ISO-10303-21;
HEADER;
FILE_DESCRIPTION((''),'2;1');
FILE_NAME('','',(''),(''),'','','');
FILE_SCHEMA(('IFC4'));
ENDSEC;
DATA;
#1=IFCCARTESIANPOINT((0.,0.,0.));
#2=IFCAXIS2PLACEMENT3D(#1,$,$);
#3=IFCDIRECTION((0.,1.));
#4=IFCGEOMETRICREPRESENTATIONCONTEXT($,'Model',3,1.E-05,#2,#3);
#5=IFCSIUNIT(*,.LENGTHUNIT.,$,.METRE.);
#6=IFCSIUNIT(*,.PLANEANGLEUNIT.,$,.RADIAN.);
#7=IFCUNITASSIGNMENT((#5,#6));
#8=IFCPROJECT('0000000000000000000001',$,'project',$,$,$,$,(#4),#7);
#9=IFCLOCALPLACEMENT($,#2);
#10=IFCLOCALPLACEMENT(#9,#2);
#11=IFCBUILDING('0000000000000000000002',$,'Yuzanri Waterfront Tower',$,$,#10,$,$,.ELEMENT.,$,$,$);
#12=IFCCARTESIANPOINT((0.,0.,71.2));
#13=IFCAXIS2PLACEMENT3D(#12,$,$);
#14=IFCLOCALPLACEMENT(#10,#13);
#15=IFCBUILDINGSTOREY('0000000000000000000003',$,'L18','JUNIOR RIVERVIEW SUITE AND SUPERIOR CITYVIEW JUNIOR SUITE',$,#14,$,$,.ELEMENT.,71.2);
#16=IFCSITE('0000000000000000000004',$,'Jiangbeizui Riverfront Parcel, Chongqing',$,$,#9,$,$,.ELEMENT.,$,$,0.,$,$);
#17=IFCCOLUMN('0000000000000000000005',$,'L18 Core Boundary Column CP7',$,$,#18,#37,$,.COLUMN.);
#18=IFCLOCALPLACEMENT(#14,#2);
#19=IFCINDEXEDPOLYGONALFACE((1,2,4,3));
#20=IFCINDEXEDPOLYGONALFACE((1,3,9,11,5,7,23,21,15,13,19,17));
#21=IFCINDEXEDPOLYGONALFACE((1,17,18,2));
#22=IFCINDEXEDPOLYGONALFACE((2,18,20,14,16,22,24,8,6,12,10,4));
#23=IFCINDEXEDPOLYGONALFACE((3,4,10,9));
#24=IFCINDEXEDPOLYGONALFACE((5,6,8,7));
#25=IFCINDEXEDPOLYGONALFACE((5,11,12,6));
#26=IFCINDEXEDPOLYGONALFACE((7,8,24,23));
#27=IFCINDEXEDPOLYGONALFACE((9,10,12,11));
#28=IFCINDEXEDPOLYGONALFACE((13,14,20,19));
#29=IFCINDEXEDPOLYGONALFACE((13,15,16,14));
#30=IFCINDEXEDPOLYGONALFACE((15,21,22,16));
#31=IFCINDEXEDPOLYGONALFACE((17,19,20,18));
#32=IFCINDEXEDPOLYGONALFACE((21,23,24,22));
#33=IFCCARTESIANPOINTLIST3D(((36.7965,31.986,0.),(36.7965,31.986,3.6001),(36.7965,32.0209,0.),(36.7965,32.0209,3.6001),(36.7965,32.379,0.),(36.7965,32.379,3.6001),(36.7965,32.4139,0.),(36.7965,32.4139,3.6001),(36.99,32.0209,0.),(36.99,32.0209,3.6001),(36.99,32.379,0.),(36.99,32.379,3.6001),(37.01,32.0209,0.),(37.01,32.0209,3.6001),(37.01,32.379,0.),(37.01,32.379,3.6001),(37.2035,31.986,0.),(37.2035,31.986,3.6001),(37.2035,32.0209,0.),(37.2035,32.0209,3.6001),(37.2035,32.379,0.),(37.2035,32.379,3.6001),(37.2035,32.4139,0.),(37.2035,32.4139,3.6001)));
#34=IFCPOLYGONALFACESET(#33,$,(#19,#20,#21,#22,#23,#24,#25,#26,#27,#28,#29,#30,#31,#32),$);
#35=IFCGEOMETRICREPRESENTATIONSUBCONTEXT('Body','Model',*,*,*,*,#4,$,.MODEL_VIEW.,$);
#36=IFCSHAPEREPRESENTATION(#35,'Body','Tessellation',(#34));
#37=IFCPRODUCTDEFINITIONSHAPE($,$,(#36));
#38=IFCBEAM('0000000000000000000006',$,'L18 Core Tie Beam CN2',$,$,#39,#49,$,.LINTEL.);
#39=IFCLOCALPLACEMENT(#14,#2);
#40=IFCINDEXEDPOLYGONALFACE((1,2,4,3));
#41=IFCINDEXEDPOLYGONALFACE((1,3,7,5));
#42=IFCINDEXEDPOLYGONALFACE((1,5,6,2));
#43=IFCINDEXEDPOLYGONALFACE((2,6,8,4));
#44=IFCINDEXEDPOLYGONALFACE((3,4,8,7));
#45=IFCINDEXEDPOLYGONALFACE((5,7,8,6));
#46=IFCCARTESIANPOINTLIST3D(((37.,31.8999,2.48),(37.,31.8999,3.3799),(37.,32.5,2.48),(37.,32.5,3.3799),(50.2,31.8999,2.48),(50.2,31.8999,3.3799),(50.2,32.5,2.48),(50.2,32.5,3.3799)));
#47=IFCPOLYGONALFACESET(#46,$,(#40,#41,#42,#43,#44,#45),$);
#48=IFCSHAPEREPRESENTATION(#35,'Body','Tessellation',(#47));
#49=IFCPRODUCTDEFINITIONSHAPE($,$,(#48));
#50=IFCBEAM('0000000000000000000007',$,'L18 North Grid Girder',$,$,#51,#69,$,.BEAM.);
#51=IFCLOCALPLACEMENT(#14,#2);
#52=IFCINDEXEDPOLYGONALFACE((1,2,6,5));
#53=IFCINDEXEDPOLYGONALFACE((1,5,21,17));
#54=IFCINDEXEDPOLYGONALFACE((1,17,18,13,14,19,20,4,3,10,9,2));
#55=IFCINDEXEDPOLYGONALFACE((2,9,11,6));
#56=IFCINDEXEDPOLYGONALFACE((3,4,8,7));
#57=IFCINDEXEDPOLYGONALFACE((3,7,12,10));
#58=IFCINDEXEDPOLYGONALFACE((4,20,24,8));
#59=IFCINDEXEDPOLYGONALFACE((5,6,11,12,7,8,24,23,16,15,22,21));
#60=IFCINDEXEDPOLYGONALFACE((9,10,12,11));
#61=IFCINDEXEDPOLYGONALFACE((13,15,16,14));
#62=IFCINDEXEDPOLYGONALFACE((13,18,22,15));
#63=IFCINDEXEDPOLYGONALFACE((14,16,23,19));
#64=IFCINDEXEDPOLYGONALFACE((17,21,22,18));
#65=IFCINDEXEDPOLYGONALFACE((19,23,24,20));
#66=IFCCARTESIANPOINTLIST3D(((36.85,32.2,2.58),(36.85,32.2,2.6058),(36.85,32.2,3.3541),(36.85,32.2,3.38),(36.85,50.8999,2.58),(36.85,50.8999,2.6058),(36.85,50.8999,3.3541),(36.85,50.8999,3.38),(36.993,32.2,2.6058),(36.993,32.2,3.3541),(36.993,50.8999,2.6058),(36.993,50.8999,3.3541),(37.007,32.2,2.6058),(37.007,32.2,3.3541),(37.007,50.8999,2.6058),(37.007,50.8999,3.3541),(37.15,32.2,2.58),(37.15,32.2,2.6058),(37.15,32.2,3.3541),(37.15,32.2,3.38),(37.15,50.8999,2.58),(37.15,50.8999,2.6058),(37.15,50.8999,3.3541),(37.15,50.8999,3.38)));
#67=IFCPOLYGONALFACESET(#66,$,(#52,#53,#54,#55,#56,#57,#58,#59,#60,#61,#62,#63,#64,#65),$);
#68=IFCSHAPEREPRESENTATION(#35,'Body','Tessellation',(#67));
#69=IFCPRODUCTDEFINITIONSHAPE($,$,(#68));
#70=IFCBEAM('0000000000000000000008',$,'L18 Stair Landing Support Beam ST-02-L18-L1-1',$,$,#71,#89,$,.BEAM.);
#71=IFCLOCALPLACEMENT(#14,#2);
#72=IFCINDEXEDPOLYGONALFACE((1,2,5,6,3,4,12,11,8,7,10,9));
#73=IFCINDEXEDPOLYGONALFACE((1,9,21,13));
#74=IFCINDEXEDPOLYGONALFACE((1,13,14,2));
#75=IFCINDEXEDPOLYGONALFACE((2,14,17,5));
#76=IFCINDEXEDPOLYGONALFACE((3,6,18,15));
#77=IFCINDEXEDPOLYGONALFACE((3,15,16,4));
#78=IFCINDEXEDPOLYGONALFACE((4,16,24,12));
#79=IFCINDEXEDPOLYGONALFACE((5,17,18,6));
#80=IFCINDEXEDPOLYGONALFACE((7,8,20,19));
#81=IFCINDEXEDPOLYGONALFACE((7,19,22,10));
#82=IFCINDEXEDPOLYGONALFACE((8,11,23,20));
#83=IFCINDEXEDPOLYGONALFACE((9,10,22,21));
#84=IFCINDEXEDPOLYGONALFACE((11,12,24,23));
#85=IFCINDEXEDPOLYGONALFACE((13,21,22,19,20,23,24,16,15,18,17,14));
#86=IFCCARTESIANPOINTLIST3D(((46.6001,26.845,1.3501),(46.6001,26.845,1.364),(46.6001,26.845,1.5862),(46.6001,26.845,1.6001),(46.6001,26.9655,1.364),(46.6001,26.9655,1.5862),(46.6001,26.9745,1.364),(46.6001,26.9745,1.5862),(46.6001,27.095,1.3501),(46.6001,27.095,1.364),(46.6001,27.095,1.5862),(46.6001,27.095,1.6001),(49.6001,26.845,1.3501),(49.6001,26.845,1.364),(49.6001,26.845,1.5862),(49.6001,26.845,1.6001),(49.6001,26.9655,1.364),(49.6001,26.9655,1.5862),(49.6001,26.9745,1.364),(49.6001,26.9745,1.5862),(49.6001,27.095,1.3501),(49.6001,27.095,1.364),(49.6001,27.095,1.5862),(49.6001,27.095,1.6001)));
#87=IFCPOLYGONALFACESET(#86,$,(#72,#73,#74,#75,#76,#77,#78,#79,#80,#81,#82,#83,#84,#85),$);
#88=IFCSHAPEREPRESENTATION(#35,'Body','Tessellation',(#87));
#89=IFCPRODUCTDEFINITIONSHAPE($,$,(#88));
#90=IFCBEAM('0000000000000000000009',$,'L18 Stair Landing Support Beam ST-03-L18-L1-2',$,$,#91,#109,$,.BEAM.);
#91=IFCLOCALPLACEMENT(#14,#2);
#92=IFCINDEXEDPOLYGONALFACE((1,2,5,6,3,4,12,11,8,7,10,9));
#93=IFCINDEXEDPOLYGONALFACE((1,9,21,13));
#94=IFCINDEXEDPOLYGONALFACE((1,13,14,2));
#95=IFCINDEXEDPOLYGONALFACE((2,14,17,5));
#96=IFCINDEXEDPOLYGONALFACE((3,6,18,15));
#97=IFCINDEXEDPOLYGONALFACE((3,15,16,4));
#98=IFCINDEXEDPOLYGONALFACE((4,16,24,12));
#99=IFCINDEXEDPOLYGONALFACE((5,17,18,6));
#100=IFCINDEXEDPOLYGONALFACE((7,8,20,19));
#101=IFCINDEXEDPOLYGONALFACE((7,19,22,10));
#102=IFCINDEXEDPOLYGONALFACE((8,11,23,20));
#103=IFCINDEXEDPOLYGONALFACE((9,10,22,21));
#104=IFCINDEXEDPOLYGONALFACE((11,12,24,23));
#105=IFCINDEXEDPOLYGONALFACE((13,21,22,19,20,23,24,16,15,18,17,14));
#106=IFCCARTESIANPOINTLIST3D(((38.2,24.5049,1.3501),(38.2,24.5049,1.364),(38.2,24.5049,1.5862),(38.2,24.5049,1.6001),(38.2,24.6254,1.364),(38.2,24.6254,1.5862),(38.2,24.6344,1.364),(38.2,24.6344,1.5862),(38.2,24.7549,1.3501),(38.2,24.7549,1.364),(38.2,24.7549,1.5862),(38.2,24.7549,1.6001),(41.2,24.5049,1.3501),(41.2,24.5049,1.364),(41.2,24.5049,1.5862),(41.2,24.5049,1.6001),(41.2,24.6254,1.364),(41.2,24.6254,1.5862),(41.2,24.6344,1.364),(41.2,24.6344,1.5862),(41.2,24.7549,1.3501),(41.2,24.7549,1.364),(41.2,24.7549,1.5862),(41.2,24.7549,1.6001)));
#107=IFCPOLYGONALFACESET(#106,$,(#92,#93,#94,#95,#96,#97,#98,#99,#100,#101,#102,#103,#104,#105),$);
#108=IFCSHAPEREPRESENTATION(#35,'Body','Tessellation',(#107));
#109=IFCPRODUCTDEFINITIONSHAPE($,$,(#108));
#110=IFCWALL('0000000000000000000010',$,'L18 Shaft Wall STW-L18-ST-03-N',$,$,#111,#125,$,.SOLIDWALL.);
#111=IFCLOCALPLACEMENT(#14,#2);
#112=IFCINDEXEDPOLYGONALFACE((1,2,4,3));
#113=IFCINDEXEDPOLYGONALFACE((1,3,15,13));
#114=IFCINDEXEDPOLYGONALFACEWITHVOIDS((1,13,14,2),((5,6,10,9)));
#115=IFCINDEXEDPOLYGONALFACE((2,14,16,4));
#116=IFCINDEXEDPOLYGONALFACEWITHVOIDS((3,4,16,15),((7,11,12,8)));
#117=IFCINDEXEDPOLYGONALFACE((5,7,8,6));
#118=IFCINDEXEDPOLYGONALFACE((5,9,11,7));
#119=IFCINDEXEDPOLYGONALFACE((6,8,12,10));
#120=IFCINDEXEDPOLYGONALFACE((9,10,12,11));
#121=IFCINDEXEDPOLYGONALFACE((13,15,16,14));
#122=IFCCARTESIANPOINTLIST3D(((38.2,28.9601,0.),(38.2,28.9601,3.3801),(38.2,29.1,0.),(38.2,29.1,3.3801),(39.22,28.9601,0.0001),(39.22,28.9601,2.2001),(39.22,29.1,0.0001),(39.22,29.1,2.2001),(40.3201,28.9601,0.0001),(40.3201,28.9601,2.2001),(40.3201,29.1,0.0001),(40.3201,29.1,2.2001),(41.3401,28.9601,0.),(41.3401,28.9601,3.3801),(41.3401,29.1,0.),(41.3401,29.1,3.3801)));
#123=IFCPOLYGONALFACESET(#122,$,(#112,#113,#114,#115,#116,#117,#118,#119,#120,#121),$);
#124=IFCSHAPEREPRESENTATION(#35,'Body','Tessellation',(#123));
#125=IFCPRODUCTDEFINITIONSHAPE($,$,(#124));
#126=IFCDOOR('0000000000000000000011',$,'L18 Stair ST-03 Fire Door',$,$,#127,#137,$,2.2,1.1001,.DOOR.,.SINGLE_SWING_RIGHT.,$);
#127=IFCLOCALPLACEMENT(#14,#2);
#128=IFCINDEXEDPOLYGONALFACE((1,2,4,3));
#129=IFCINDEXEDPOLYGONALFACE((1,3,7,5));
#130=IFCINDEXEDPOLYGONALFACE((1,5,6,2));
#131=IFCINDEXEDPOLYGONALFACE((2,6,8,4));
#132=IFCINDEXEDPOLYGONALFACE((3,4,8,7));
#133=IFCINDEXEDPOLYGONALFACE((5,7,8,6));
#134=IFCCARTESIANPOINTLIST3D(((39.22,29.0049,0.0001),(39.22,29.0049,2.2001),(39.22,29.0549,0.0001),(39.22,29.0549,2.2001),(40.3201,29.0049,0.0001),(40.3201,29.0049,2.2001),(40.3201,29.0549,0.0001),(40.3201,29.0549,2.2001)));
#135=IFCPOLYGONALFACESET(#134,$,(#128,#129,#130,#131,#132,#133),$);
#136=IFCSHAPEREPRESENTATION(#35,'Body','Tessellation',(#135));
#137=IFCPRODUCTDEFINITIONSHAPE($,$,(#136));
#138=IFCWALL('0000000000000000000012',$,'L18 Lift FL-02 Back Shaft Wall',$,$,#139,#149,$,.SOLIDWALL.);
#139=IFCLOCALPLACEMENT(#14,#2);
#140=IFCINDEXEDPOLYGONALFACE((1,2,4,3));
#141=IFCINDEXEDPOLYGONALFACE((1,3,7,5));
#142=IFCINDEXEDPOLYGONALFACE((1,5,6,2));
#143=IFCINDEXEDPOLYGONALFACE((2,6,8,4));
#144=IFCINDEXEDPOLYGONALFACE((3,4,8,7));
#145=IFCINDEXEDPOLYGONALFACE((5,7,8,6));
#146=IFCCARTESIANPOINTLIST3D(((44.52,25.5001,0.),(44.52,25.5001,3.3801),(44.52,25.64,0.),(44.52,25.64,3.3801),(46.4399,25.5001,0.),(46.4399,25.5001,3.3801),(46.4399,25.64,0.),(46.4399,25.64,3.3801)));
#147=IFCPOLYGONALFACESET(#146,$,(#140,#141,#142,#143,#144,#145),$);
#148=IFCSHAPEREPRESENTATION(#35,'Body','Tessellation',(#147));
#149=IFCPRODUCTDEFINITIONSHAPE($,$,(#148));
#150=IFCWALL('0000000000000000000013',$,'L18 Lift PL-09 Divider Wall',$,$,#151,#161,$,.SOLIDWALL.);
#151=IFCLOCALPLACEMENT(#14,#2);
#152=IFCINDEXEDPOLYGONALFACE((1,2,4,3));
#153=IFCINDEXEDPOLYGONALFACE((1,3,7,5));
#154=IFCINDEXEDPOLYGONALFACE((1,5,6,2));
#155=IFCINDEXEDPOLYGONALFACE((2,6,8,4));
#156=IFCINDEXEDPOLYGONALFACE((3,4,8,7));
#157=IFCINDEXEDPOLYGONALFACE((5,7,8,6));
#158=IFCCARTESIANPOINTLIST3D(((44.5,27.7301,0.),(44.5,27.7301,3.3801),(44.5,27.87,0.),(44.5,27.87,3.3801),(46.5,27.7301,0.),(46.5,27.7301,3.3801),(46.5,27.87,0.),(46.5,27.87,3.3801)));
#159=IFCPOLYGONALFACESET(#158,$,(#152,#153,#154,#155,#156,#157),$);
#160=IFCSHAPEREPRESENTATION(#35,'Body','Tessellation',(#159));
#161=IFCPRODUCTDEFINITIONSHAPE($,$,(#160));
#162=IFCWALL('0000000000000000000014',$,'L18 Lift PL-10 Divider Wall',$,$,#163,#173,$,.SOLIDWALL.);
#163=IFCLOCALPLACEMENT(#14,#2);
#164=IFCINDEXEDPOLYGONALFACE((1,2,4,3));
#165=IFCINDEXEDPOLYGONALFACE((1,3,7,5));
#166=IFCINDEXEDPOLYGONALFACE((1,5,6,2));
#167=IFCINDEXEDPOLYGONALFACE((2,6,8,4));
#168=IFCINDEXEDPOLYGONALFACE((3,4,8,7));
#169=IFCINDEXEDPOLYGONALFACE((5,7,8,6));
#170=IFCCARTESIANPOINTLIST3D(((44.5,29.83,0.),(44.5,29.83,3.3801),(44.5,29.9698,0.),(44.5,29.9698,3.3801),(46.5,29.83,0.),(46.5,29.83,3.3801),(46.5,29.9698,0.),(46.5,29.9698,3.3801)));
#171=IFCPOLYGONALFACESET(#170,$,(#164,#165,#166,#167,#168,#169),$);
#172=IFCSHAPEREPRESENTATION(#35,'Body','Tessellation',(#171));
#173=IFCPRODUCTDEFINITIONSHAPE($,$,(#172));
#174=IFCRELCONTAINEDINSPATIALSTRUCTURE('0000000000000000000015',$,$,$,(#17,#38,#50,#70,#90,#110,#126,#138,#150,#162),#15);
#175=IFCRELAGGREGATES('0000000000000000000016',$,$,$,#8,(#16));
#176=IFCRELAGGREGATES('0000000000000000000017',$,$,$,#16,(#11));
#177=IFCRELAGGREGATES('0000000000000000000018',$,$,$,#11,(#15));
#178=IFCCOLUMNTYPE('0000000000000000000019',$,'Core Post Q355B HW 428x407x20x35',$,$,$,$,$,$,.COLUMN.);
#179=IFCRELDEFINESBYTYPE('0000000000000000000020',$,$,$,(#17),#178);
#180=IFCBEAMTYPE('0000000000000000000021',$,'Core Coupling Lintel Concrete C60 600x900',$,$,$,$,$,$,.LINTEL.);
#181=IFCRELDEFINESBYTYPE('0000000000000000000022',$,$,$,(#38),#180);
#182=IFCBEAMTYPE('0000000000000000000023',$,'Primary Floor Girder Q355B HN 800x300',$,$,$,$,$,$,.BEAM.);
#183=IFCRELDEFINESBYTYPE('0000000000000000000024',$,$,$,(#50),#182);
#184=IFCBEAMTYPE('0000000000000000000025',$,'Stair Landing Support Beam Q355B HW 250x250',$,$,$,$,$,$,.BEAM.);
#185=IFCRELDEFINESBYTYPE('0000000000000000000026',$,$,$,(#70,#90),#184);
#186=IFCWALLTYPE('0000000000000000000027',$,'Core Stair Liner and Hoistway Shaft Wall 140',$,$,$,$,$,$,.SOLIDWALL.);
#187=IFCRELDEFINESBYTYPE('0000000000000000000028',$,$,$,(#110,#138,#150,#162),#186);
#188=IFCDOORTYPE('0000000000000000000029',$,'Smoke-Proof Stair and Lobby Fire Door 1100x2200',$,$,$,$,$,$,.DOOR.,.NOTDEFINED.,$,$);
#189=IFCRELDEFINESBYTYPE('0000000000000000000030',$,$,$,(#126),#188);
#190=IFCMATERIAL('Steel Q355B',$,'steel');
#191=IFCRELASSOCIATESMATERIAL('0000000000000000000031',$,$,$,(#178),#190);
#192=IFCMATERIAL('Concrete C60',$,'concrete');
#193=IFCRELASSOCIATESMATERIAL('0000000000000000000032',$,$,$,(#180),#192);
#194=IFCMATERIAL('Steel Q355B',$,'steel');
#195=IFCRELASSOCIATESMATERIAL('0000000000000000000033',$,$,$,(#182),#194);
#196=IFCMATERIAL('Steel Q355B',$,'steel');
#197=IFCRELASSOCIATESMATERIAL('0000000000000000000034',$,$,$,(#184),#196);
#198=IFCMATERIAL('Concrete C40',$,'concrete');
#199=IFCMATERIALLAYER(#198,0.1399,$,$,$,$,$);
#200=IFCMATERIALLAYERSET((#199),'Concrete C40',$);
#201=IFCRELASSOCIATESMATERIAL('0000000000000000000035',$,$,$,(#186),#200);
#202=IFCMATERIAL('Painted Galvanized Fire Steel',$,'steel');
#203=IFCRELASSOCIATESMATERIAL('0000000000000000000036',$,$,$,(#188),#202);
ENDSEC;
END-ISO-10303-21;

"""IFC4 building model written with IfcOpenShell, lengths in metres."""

from ifc_helpers import new_model, si_unit, direction, frame, frame_2d, origin, origin_2d, place, context, subcontext, project, spatial, rectangle, i_section, extrude, source, transform, mapped, material, layer, layer_set, material_profile, profile_set, type_object, element, fill, save


model = new_model("IFC4")

# Units and contexts
model_context = context("Model", 3, precision=1e-05, world=origin(), true_north=direction((0.0, 1.0)))
body_context = subcontext(model_context, "Body", "Model", "MODEL_VIEW")
ifc_project = project(units=[si_unit("LENGTHUNIT", "METRE"), si_unit("PLANEANGLEUNIT", "RADIAN")], contexts=[model_context])

# Site, building, storey
site_placement = place(None, origin())
site = spatial("IfcSite", under=ifc_project, at=site_placement, Name="Jiangbeizui Riverfront Parcel, Chongqing", CompositionType="ELEMENT", RefElevation=0.0)
building_placement = place(site_placement, origin())
building = spatial("IfcBuilding", under=site, at=building_placement, Name="Yuzanri Waterfront Tower", CompositionType="ELEMENT")
storey_placement = place(building_placement, frame((0.0, 0.0, 71.2)))
storey = spatial("IfcBuildingStorey", under=building, at=storey_placement, Name="L18", Description="JUNIOR RIVERVIEW SUITE AND SUPERIOR CITYVIEW JUNIOR SUITE", CompositionType="ELEMENT", Elevation=71.2)

# Column
ifc_material_1 = material(Name="Steel Q355B", Category="steel")
ifc_material_profile_1 = material_profile(ifc_material_1, i_section(OverallWidth=0.407, OverallDepth=0.428, WebThickness=0.02, FlangeThickness=0.0349, at=origin_2d()), Name="HW 428x407x20x35")
ifc_profile_set_1 = profile_set([ifc_material_profile_1], Name="Steel Q355B")
column_type = type_object("IfcColumnType", Name="Core Post Q355B HW 428x407x20x35", PredefinedType="COLUMN", material=ifc_profile_set_1)
shared_shape_1 = source(origin(), body_context, "Body", "SweptSolid", [
    extrude(i_section(OverallWidth=0.407, OverallDepth=0.428, WebThickness=0.02, FlangeThickness=0.0349, at=origin_2d()), origin(), (0.0, 0.0, 1.0), 3.6001),
])
column_placement = place(storey_placement, frame((37.0, 32.2, 0.0), z_axis=(0.0, 0.0, 1.0), x_axis=(1.0, 0.0, 0.0)))
element("IfcColumn", 1, at=column_placement, inside=storey, type_object=column_type, Name="L18 Core Boundary Column CP7", PredefinedType="COLUMN", context=body_context, shape_type="MappedRepresentation", body=[
    mapped(shared_shape_1, transform((0.0, 0.0, 0.0), scale=1.0)),
])

# Beams
ifc_material_2 = material(Name="Concrete C60", Category="concrete")
ifc_material_profile_2 = material_profile(ifc_material_2, rectangle(XDim=0.6001, YDim=0.8999, at=origin_2d()), Name="RC 600x900")
ifc_profile_set_2 = profile_set([ifc_material_profile_2], Name="Concrete C60")
beam_type_1 = type_object("IfcBeamType", Name="Core Coupling Lintel Concrete C60 600x900", PredefinedType="LINTEL", material=ifc_profile_set_2)
shared_shape_2 = source(origin(), body_context, "Body", "SweptSolid", [
    extrude(rectangle(XDim=0.6001, YDim=0.8999, at=origin_2d()), origin(), (0.0, 0.0, 1.0), 13.2),
])
beam_1_placement = place(storey_placement, frame((37.0, 32.2, 2.9299), z_axis=(1.0, 0.0, 0.0), x_axis=(0.0, 1.0, 0.0)))
element("IfcBeam", 2, at=beam_1_placement, inside=storey, type_object=beam_type_1, Name="L18 Core Tie Beam CN2", PredefinedType="LINTEL", context=body_context, shape_type="MappedRepresentation", body=[
    mapped(shared_shape_2, transform((0.0, 0.0, 0.0), scale=1.0)),
])
ifc_material_3 = material(Name="Steel Q355B", Category="steel")
ifc_material_profile_3 = material_profile(ifc_material_3, i_section(OverallWidth=0.3, OverallDepth=0.8, WebThickness=0.0139, FlangeThickness=0.0259, at=origin_2d()), Name="HN 800x300x14x26")
ifc_profile_set_3 = profile_set([ifc_material_profile_3], Name="Steel Q355B")
beam_type_2 = type_object("IfcBeamType", Name="Primary Floor Girder Q355B HN 800x300", PredefinedType="BEAM", material=ifc_profile_set_3)
shared_shape_3 = source(origin(), body_context, "Body", "SweptSolid", [
    extrude(i_section(OverallWidth=0.3, OverallDepth=0.8, WebThickness=0.0139, FlangeThickness=0.0259, at=origin_2d()), origin(), (0.0, 0.0, 1.0), 18.7),
])
beam_2_placement = place(storey_placement, frame((37.0, 32.2, 2.98), z_axis=(0.0, 1.0, 0.0), x_axis=(-1.0, 0.0, 0.0)))
element("IfcBeam", 3, at=beam_2_placement, inside=storey, type_object=beam_type_2, Name="L18 North Grid Girder", PredefinedType="BEAM", context=body_context, shape_type="MappedRepresentation", body=[
    mapped(shared_shape_3, transform((0.0, 0.0, 0.0), scale=1.0)),
])
ifc_material_4 = material(Name="Steel Q355B", Category="steel")
ifc_material_profile_4 = material_profile(ifc_material_4, i_section(OverallWidth=0.25, OverallDepth=0.25, WebThickness=0.009, FlangeThickness=0.0139, at=origin_2d()), Name="HW 250x250x9x14")
ifc_profile_set_4 = profile_set([ifc_material_profile_4], Name="Steel Q355B")
beam_type_3 = type_object("IfcBeamType", Name="Stair Landing Support Beam Q355B HW 250x250", PredefinedType="BEAM", material=ifc_profile_set_4)
shared_shape_4 = source(origin(), body_context, "Body", "SweptSolid", [
    extrude(i_section(OverallWidth=0.25, OverallDepth=0.25, WebThickness=0.009, FlangeThickness=0.0139, at=origin_2d()), origin(), (0.0, 0.0, 1.0), 3.0),
])
for number, where, z_axis, x_axis, name in (
    (4, (46.6001, 26.97, 1.4751), (1.0, 0.0, 0.0), (0.0, 1.0, 0.0), "L18 Stair Landing Support Beam ST-02-L18-L1-1"),
    (5, (38.2, 24.6299, 1.4751), (1.0, 0.0, 0.0), (0.0, 1.0, 0.0), "L18 Stair Landing Support Beam ST-03-L18-L1-2"),
):
    element("IfcBeam", number, at=place(storey_placement, frame(where, z_axis=z_axis, x_axis=x_axis)), inside=storey, type_object=beam_type_3, Name=name, PredefinedType="BEAM", context=body_context, shape_type="MappedRepresentation", body=[
        mapped(shared_shape_4, transform((0.0, 0.0, 0.0), scale=1.0)),
    ])

# Wall, opening, door
ifc_material_5 = material(Name="Concrete C40", Category="concrete")
ifc_layer_1 = layer(ifc_material_5, 0.1399)
ifc_layer_set_1 = layer_set([ifc_layer_1], Name="Concrete C40")
wall_type_1 = type_object("IfcWallType", Name="Core Stair Liner and Hoistway Shaft Wall 140", PredefinedType="SOLIDWALL", material=ifc_layer_set_1)
wall_1_placement = place(storey_placement, frame((38.2, 29.03, 0.0), z_axis=(0.0, 0.0, 1.0), x_axis=(1.0, 0.0, 0.0)))
wall_1 = element("IfcWall", 6, at=wall_1_placement, inside=storey, type_object=wall_type_1, Name="L18 Shaft Wall STW-L18-ST-03-N", PredefinedType="SOLIDWALL", context=body_context, shape_type="SweptSolid", body=[
    extrude(rectangle(XDim=3.1401, YDim=0.1399, at=frame_2d((1.5701, 0.0))), origin(), (0.0, 0.0, 1.0), 3.3801),
])
opening_placement = place(wall_1_placement, frame((1.02, 0.0, 0.0)))
opening = element("IfcOpeningElement", 7, at=opening_placement, cuts=wall_1, PredefinedType="OPENING", context=body_context, shape_type="SweptSolid", body=[
    extrude(rectangle(XDim=1.1001, YDim=2.2, at=frame_2d((0.55, 1.1001))), frame((0.0, 0.085, 0.0), z_axis=(0.0, -1.0, 0.0), x_axis=(1.0, 0.0, 0.0)), (0.0, 0.0, 1.0), 0.1697),
])
ifc_material_6 = material(Name="Painted Galvanized Fire Steel", Category="steel")
door_type = type_object("IfcDoorType", Name="Smoke-Proof Stair and Lobby Fire Door 1100x2200", OperationType="NOTDEFINED", PredefinedType="DOOR", material=ifc_material_6)
shared_shape_5 = source(origin(), body_context, "Body", "SweptSolid", [
    extrude(rectangle(XDim=1.1001, YDim=2.2, at=frame_2d((0.55, 1.1001))), frame((0.0, 0.0249, 0.0), z_axis=(0.0, -1.0, 0.0), x_axis=(1.0, 0.0, 0.0)), (0.0, 0.0, 1.0), 0.05),
])
door_placement = place(opening_placement, origin())
door = element("IfcDoor", 8, at=door_placement, inside=storey, type_object=door_type, Name="L18 Stair ST-03 Fire Door", OperationType="SINGLE_SWING_RIGHT", OverallHeight=2.2, OverallWidth=1.1001, PredefinedType="DOOR", context=body_context, shape_type="MappedRepresentation", body=[
    mapped(shared_shape_5, transform((0.0, 0.0, 0.0), scale=1.0)),
])
fill(opening, door)

# Walls
shared_shape_6 = source(origin(), body_context, "Body", "SweptSolid", [
    extrude(rectangle(XDim=1.9199, YDim=0.1399, at=frame_2d((0.96, 0.0))), origin(), (0.0, 0.0, 1.0), 3.3801),
])
wall_2_placement = place(storey_placement, frame((44.52, 25.5701, 0.0), z_axis=(0.0, 0.0, 1.0), x_axis=(1.0, 0.0, 0.0)))
element("IfcWall", 9, at=wall_2_placement, inside=storey, type_object=wall_type_1, Name="L18 Lift FL-02 Back Shaft Wall", PredefinedType="SOLIDWALL", context=body_context, shape_type="MappedRepresentation", body=[
    mapped(shared_shape_6, transform((0.0, 0.0, 0.0), scale=1.0)),
])
shared_shape_7 = source(origin(), body_context, "Body", "SweptSolid", [
    extrude(rectangle(XDim=2.0, YDim=0.1399, at=frame_2d((1.0, 0.0))), origin(), (0.0, 0.0, 1.0), 3.3801),
])
for number, where, z_axis, x_axis, name in (
    (10, (44.5, 27.8, 0.0), (0.0, 0.0, 1.0), (1.0, 0.0, 0.0), "L18 Lift PL-09 Divider Wall"),
    (11, (44.5, 29.8999, 0.0), (0.0, 0.0, 1.0), (1.0, 0.0, 0.0), "L18 Lift PL-10 Divider Wall"),
):
    element("IfcWall", number, at=place(storey_placement, frame(where, z_axis=z_axis, x_axis=x_axis)), inside=storey, type_object=wall_type_1, Name=name, PredefinedType="SOLIDWALL", context=body_context, shape_type="MappedRepresentation", body=[
        mapped(shared_shape_7, transform((0.0, 0.0, 0.0), scale=1.0)),
    ])

save(model, "model.ifc")
